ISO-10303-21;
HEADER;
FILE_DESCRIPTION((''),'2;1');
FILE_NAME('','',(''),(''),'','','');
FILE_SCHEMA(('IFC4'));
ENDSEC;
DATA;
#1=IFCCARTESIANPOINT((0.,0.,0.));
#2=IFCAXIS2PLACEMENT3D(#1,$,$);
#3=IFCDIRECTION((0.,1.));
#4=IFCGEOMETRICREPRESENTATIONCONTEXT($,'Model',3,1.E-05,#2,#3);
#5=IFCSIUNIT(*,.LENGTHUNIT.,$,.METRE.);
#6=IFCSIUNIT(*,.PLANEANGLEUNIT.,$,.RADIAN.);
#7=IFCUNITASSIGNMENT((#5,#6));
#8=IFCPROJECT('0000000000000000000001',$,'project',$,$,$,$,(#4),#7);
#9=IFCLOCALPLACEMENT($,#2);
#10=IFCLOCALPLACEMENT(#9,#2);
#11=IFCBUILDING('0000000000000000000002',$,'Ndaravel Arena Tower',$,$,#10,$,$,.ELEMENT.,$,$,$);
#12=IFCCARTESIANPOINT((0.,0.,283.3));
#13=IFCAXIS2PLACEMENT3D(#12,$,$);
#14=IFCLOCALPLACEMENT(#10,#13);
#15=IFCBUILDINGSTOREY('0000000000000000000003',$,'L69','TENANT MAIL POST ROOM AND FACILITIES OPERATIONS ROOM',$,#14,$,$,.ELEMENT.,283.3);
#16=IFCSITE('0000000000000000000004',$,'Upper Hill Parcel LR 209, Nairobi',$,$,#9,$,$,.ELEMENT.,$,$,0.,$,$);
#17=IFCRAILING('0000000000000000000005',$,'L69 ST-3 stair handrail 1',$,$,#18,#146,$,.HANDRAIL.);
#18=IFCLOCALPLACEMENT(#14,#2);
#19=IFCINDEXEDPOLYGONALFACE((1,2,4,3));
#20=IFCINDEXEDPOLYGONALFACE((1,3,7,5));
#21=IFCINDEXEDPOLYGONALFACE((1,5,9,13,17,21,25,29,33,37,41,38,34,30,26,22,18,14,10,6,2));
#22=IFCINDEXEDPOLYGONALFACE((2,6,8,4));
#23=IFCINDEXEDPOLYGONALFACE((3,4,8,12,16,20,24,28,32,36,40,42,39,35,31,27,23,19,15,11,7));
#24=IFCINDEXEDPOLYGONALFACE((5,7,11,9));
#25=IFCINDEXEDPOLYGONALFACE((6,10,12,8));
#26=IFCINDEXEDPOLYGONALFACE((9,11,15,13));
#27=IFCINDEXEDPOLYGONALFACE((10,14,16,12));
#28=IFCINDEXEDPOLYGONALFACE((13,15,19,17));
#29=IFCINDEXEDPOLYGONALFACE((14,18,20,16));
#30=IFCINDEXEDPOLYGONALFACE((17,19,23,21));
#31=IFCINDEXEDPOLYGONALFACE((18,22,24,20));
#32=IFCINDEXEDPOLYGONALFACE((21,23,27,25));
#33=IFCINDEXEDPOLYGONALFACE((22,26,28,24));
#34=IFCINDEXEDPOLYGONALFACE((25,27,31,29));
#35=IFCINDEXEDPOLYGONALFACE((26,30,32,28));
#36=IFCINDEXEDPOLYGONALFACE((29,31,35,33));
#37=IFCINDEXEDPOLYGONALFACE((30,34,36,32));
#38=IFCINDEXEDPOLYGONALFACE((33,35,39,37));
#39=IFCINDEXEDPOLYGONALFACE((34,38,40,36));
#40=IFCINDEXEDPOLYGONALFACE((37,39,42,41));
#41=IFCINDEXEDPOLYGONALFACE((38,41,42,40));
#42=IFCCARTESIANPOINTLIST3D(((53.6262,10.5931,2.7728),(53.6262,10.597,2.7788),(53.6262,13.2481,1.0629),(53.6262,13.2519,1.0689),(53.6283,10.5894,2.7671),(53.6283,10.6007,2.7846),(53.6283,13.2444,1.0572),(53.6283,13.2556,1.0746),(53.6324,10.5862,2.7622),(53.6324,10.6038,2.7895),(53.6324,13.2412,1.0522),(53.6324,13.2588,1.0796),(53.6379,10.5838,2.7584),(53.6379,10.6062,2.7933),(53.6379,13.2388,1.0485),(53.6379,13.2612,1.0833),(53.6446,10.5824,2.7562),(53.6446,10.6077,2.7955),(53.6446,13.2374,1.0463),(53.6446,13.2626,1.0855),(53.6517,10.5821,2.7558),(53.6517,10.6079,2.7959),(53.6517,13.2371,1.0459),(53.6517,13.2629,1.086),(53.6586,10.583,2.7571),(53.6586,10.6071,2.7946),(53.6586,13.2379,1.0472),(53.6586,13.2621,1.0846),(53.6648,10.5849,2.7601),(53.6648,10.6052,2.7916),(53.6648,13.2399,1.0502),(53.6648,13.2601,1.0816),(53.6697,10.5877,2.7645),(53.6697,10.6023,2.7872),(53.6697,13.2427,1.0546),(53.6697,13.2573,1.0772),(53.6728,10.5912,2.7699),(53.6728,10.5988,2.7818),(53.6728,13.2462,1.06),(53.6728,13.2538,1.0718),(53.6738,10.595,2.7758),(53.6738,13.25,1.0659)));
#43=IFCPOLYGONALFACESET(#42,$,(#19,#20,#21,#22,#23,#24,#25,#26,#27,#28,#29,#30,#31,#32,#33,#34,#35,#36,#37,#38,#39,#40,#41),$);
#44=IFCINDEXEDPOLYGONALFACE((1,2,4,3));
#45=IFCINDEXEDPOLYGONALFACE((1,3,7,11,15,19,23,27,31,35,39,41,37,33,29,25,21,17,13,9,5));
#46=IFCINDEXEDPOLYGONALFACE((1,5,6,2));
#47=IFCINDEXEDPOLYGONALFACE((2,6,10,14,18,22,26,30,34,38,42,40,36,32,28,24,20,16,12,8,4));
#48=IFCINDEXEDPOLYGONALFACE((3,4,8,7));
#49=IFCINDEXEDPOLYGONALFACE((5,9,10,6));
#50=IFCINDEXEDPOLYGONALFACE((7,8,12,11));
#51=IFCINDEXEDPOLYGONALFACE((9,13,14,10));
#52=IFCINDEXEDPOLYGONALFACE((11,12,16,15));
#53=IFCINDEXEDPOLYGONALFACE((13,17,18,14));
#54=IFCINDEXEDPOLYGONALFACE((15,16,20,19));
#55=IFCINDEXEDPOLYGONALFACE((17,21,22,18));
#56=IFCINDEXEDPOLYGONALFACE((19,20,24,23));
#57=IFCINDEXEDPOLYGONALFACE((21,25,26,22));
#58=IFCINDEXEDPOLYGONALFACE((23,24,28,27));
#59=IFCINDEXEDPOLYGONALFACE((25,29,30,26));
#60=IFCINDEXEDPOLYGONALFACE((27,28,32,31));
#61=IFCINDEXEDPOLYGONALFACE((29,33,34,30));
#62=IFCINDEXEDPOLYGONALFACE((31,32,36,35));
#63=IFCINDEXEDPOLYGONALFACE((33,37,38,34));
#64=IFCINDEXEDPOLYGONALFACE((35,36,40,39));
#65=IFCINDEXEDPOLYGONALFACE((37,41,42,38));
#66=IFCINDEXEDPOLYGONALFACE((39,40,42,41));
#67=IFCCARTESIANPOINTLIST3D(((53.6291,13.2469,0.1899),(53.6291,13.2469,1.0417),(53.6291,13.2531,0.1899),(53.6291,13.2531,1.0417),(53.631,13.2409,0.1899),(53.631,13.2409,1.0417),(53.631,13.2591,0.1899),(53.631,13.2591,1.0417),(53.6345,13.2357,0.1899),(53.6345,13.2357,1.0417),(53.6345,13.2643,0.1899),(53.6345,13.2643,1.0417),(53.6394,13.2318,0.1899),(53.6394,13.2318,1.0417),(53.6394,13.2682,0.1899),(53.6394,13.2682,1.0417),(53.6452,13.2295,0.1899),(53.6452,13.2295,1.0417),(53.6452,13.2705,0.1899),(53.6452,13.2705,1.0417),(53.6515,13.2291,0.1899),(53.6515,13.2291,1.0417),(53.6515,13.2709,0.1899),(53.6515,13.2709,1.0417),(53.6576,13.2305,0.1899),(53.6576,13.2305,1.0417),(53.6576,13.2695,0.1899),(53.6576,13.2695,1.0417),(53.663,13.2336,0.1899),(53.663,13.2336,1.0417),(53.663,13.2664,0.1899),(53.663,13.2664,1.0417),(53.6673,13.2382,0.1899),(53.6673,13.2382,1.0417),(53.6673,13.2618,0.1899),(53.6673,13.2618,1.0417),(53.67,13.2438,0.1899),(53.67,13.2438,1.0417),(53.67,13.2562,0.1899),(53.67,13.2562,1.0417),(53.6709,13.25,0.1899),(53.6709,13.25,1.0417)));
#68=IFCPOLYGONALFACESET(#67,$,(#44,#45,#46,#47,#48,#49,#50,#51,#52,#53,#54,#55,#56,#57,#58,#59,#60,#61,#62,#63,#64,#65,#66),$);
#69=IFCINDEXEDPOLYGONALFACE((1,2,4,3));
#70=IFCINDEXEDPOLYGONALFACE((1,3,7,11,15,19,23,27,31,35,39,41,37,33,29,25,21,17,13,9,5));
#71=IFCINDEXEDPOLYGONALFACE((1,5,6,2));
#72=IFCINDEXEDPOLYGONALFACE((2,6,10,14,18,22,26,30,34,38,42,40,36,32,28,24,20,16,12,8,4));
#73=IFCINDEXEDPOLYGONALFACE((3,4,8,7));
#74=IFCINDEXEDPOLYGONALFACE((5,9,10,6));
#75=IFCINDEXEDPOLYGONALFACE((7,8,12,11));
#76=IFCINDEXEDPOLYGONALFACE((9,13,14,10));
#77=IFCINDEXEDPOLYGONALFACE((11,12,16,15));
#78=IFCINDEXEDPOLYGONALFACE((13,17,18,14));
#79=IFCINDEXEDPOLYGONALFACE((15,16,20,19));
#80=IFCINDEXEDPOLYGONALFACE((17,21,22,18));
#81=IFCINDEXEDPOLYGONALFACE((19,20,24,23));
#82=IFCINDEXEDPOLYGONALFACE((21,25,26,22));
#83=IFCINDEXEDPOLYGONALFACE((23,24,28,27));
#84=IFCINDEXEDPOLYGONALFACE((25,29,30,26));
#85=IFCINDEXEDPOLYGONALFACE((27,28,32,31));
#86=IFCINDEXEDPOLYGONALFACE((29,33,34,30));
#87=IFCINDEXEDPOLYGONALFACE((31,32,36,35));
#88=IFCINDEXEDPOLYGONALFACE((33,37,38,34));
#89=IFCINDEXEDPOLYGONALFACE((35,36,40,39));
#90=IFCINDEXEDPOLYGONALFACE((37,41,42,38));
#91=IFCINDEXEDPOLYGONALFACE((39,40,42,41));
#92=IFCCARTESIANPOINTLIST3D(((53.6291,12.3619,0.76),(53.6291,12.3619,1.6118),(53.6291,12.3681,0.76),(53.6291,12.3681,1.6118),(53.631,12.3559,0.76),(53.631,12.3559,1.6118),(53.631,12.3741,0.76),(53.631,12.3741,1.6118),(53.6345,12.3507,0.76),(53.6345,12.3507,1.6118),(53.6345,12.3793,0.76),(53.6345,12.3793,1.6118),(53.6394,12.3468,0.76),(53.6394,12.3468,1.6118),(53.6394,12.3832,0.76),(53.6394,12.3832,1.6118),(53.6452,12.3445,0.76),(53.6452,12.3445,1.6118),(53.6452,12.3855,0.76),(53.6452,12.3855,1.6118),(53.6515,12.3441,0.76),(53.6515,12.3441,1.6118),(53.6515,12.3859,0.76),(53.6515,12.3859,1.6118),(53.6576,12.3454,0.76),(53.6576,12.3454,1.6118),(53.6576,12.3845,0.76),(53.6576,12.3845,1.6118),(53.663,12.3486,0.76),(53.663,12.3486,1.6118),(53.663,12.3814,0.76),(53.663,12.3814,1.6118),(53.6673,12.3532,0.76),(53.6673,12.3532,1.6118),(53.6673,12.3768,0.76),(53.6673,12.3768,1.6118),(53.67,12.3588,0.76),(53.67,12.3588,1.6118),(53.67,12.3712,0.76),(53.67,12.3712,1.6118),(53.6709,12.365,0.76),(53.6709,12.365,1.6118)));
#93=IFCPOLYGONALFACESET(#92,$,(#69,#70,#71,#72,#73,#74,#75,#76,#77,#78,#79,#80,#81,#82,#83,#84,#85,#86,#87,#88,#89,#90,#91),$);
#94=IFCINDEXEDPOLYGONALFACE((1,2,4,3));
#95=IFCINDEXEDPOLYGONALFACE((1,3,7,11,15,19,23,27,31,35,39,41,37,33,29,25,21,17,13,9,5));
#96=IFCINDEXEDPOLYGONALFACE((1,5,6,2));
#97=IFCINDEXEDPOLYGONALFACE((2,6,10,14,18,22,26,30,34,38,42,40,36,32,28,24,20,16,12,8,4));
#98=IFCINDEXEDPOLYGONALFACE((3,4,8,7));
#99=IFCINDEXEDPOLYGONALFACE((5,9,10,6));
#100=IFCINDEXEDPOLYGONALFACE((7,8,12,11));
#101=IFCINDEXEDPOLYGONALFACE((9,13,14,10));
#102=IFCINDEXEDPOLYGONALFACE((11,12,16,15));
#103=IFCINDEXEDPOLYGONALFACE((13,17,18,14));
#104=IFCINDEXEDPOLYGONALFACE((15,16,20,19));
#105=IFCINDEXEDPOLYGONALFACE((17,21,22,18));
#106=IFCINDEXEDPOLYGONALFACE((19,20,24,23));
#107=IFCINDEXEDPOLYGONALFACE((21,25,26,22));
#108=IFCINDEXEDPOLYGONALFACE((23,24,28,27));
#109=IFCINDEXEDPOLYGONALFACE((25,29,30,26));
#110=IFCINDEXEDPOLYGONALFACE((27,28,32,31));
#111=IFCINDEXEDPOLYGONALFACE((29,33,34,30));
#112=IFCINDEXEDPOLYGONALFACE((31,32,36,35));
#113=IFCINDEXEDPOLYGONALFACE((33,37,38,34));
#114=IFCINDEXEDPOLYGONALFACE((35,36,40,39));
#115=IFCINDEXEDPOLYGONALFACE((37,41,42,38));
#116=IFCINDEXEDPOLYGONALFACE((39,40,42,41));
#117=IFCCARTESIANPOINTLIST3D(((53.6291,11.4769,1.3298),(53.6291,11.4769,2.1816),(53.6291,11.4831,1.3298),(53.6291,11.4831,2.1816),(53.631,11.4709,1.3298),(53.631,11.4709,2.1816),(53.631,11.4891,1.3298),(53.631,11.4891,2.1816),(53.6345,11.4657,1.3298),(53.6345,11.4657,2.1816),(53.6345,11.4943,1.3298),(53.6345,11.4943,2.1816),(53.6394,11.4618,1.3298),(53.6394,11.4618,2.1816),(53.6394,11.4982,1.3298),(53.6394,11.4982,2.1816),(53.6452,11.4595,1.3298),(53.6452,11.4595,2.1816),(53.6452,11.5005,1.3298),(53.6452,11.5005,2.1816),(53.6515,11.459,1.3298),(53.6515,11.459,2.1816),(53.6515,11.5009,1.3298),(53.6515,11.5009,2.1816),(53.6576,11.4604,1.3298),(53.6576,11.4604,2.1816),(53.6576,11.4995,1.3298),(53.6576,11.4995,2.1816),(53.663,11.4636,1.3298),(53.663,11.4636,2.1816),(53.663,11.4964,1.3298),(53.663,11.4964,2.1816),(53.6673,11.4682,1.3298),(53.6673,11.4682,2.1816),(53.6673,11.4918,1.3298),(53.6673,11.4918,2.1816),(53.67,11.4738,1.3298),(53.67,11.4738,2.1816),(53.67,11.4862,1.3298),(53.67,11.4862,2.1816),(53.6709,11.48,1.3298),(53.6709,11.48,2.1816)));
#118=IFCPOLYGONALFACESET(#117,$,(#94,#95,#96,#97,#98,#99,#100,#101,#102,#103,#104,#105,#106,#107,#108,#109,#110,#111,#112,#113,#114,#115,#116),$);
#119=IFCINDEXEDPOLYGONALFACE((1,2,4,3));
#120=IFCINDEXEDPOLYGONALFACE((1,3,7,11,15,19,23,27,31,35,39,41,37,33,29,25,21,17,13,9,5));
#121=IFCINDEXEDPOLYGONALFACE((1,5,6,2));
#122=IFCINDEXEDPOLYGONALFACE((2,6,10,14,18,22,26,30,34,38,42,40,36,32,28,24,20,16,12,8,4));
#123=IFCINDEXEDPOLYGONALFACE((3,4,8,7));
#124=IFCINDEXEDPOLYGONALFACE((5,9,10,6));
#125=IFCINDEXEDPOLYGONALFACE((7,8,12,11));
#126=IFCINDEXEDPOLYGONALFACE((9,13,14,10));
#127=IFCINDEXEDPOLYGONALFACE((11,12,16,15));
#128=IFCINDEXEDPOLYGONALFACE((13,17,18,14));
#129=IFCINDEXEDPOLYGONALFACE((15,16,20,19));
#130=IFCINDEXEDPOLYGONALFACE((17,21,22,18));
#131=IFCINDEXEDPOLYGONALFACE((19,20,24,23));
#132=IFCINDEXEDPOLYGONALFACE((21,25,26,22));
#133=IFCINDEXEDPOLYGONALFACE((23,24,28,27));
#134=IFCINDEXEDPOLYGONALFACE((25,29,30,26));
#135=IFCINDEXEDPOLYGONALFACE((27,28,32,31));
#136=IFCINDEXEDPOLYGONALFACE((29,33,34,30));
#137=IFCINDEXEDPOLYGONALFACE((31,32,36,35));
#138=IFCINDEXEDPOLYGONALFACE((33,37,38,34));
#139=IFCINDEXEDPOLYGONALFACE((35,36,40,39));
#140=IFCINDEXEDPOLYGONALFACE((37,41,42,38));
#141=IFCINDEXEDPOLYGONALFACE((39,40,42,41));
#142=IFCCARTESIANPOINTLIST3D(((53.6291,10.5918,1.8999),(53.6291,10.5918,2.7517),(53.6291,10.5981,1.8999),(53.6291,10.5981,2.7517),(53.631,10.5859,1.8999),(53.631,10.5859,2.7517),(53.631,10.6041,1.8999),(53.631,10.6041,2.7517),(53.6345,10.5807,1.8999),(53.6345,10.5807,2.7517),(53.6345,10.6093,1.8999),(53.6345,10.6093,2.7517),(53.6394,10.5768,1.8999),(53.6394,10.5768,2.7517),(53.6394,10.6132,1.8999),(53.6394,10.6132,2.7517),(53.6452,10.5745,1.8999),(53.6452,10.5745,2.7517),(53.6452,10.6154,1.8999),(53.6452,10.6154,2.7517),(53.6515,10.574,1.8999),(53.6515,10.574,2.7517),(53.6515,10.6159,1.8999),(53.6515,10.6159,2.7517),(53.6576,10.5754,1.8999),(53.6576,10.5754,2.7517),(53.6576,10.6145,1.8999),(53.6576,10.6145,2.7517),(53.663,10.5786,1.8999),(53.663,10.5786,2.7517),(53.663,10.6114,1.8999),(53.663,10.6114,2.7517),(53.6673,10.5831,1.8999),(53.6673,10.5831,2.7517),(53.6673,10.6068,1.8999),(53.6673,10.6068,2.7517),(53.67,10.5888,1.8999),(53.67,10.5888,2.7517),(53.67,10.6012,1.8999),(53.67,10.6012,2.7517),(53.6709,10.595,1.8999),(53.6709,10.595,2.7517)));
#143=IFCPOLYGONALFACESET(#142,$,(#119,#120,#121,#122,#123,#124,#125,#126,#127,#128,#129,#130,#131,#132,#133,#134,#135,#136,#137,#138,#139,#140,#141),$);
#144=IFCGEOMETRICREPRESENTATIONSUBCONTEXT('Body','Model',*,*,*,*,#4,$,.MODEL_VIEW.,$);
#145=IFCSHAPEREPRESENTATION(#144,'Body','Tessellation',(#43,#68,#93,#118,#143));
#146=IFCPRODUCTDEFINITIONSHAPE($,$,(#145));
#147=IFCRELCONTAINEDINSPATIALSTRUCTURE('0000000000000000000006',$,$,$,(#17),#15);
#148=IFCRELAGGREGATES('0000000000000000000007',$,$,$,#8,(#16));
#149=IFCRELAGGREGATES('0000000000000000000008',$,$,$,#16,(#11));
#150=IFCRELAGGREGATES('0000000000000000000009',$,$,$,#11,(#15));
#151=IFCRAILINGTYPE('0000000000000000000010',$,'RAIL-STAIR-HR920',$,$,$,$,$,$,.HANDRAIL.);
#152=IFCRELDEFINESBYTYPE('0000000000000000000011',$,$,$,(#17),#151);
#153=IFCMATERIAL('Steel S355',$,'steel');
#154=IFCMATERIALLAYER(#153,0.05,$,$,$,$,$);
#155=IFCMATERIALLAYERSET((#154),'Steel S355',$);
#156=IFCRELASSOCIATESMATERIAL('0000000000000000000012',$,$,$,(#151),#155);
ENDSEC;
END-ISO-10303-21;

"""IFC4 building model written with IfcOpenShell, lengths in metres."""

from ifc_helpers import new_model, si_unit, direction, frame, origin, origin_2d, place, context, subcontext, project, spatial, circle, extrude, material, layer, layer_set, type_object, element, save


model = new_model("IFC4")

# Units and contexts
model_context = context("Model", 3, precision=1e-05, world=origin(), true_north=direction((0.0, 1.0)))
body_context = subcontext(model_context, "Body", "Model", "MODEL_VIEW")
ifc_project = project(units=[si_unit("LENGTHUNIT", "METRE"), si_unit("PLANEANGLEUNIT", "RADIAN")], contexts=[model_context])

# Site, building, storey
site_placement = place(None, origin())
site = spatial("IfcSite", under=ifc_project, at=site_placement, Name="Upper Hill Parcel LR 209, Nairobi", CompositionType="ELEMENT", RefElevation=0.0)
building_placement = place(site_placement, origin())
building = spatial("IfcBuilding", under=site, at=building_placement, Name="Ndaravel Arena Tower", CompositionType="ELEMENT")
storey_placement = place(building_placement, frame((0.0, 0.0, 283.3)))
storey = spatial("IfcBuildingStorey", under=building, at=storey_placement, Name="L69", Description="TENANT MAIL POST ROOM AND FACILITIES OPERATIONS ROOM", CompositionType="ELEMENT", Elevation=283.3)

# Railing
ifc_material_1 = material(Name="Steel S355", Category="steel")
ifc_layer_1 = layer(ifc_material_1, 0.05)
ifc_layer_set_1 = layer_set([ifc_layer_1], Name="Steel S355")
railing_type_1 = type_object("IfcRailingType", Name="RAIL-STAIR-HR920", PredefinedType="HANDRAIL", material=ifc_layer_set_1)
railing_1_placement = place(storey_placement, frame((53.6499, 13.25, 0.1899)))
element("IfcRailing", 1, at=railing_1_placement, inside=storey, type_object=railing_type_1, Name="L69 ST-3 stair handrail 1", PredefinedType="HANDRAIL", context=body_context, shape_type="SweptSolid", body=[
    extrude(circle(Radius=0.0239, at=origin_2d()), frame((0.0, 0.0, 0.876), z_axis=(0.0, -0.840724, 0.541465), x_axis=(1.0, 0.0, 0.0)), (0.0, 0.0, 1.0), 3.158),
    extrude(circle(Radius=0.021, at=origin_2d()), origin(), (0.0, 0.0, 1.0), 0.8518),
    extrude(circle(Radius=0.021, at=origin_2d()), frame((0.0, -0.885, 0.5701)), (0.0, 0.0, 1.0), 0.8518),
    extrude(circle(Radius=0.021, at=origin_2d()), frame((0.0, -1.77, 1.1399)), (0.0, 0.0, 1.0), 0.8518),
    extrude(circle(Radius=0.021, at=origin_2d()), frame((0.0, -2.655, 1.71)), (0.0, 0.0, 1.0), 0.8518),
])

save(model, "model.ifc")
